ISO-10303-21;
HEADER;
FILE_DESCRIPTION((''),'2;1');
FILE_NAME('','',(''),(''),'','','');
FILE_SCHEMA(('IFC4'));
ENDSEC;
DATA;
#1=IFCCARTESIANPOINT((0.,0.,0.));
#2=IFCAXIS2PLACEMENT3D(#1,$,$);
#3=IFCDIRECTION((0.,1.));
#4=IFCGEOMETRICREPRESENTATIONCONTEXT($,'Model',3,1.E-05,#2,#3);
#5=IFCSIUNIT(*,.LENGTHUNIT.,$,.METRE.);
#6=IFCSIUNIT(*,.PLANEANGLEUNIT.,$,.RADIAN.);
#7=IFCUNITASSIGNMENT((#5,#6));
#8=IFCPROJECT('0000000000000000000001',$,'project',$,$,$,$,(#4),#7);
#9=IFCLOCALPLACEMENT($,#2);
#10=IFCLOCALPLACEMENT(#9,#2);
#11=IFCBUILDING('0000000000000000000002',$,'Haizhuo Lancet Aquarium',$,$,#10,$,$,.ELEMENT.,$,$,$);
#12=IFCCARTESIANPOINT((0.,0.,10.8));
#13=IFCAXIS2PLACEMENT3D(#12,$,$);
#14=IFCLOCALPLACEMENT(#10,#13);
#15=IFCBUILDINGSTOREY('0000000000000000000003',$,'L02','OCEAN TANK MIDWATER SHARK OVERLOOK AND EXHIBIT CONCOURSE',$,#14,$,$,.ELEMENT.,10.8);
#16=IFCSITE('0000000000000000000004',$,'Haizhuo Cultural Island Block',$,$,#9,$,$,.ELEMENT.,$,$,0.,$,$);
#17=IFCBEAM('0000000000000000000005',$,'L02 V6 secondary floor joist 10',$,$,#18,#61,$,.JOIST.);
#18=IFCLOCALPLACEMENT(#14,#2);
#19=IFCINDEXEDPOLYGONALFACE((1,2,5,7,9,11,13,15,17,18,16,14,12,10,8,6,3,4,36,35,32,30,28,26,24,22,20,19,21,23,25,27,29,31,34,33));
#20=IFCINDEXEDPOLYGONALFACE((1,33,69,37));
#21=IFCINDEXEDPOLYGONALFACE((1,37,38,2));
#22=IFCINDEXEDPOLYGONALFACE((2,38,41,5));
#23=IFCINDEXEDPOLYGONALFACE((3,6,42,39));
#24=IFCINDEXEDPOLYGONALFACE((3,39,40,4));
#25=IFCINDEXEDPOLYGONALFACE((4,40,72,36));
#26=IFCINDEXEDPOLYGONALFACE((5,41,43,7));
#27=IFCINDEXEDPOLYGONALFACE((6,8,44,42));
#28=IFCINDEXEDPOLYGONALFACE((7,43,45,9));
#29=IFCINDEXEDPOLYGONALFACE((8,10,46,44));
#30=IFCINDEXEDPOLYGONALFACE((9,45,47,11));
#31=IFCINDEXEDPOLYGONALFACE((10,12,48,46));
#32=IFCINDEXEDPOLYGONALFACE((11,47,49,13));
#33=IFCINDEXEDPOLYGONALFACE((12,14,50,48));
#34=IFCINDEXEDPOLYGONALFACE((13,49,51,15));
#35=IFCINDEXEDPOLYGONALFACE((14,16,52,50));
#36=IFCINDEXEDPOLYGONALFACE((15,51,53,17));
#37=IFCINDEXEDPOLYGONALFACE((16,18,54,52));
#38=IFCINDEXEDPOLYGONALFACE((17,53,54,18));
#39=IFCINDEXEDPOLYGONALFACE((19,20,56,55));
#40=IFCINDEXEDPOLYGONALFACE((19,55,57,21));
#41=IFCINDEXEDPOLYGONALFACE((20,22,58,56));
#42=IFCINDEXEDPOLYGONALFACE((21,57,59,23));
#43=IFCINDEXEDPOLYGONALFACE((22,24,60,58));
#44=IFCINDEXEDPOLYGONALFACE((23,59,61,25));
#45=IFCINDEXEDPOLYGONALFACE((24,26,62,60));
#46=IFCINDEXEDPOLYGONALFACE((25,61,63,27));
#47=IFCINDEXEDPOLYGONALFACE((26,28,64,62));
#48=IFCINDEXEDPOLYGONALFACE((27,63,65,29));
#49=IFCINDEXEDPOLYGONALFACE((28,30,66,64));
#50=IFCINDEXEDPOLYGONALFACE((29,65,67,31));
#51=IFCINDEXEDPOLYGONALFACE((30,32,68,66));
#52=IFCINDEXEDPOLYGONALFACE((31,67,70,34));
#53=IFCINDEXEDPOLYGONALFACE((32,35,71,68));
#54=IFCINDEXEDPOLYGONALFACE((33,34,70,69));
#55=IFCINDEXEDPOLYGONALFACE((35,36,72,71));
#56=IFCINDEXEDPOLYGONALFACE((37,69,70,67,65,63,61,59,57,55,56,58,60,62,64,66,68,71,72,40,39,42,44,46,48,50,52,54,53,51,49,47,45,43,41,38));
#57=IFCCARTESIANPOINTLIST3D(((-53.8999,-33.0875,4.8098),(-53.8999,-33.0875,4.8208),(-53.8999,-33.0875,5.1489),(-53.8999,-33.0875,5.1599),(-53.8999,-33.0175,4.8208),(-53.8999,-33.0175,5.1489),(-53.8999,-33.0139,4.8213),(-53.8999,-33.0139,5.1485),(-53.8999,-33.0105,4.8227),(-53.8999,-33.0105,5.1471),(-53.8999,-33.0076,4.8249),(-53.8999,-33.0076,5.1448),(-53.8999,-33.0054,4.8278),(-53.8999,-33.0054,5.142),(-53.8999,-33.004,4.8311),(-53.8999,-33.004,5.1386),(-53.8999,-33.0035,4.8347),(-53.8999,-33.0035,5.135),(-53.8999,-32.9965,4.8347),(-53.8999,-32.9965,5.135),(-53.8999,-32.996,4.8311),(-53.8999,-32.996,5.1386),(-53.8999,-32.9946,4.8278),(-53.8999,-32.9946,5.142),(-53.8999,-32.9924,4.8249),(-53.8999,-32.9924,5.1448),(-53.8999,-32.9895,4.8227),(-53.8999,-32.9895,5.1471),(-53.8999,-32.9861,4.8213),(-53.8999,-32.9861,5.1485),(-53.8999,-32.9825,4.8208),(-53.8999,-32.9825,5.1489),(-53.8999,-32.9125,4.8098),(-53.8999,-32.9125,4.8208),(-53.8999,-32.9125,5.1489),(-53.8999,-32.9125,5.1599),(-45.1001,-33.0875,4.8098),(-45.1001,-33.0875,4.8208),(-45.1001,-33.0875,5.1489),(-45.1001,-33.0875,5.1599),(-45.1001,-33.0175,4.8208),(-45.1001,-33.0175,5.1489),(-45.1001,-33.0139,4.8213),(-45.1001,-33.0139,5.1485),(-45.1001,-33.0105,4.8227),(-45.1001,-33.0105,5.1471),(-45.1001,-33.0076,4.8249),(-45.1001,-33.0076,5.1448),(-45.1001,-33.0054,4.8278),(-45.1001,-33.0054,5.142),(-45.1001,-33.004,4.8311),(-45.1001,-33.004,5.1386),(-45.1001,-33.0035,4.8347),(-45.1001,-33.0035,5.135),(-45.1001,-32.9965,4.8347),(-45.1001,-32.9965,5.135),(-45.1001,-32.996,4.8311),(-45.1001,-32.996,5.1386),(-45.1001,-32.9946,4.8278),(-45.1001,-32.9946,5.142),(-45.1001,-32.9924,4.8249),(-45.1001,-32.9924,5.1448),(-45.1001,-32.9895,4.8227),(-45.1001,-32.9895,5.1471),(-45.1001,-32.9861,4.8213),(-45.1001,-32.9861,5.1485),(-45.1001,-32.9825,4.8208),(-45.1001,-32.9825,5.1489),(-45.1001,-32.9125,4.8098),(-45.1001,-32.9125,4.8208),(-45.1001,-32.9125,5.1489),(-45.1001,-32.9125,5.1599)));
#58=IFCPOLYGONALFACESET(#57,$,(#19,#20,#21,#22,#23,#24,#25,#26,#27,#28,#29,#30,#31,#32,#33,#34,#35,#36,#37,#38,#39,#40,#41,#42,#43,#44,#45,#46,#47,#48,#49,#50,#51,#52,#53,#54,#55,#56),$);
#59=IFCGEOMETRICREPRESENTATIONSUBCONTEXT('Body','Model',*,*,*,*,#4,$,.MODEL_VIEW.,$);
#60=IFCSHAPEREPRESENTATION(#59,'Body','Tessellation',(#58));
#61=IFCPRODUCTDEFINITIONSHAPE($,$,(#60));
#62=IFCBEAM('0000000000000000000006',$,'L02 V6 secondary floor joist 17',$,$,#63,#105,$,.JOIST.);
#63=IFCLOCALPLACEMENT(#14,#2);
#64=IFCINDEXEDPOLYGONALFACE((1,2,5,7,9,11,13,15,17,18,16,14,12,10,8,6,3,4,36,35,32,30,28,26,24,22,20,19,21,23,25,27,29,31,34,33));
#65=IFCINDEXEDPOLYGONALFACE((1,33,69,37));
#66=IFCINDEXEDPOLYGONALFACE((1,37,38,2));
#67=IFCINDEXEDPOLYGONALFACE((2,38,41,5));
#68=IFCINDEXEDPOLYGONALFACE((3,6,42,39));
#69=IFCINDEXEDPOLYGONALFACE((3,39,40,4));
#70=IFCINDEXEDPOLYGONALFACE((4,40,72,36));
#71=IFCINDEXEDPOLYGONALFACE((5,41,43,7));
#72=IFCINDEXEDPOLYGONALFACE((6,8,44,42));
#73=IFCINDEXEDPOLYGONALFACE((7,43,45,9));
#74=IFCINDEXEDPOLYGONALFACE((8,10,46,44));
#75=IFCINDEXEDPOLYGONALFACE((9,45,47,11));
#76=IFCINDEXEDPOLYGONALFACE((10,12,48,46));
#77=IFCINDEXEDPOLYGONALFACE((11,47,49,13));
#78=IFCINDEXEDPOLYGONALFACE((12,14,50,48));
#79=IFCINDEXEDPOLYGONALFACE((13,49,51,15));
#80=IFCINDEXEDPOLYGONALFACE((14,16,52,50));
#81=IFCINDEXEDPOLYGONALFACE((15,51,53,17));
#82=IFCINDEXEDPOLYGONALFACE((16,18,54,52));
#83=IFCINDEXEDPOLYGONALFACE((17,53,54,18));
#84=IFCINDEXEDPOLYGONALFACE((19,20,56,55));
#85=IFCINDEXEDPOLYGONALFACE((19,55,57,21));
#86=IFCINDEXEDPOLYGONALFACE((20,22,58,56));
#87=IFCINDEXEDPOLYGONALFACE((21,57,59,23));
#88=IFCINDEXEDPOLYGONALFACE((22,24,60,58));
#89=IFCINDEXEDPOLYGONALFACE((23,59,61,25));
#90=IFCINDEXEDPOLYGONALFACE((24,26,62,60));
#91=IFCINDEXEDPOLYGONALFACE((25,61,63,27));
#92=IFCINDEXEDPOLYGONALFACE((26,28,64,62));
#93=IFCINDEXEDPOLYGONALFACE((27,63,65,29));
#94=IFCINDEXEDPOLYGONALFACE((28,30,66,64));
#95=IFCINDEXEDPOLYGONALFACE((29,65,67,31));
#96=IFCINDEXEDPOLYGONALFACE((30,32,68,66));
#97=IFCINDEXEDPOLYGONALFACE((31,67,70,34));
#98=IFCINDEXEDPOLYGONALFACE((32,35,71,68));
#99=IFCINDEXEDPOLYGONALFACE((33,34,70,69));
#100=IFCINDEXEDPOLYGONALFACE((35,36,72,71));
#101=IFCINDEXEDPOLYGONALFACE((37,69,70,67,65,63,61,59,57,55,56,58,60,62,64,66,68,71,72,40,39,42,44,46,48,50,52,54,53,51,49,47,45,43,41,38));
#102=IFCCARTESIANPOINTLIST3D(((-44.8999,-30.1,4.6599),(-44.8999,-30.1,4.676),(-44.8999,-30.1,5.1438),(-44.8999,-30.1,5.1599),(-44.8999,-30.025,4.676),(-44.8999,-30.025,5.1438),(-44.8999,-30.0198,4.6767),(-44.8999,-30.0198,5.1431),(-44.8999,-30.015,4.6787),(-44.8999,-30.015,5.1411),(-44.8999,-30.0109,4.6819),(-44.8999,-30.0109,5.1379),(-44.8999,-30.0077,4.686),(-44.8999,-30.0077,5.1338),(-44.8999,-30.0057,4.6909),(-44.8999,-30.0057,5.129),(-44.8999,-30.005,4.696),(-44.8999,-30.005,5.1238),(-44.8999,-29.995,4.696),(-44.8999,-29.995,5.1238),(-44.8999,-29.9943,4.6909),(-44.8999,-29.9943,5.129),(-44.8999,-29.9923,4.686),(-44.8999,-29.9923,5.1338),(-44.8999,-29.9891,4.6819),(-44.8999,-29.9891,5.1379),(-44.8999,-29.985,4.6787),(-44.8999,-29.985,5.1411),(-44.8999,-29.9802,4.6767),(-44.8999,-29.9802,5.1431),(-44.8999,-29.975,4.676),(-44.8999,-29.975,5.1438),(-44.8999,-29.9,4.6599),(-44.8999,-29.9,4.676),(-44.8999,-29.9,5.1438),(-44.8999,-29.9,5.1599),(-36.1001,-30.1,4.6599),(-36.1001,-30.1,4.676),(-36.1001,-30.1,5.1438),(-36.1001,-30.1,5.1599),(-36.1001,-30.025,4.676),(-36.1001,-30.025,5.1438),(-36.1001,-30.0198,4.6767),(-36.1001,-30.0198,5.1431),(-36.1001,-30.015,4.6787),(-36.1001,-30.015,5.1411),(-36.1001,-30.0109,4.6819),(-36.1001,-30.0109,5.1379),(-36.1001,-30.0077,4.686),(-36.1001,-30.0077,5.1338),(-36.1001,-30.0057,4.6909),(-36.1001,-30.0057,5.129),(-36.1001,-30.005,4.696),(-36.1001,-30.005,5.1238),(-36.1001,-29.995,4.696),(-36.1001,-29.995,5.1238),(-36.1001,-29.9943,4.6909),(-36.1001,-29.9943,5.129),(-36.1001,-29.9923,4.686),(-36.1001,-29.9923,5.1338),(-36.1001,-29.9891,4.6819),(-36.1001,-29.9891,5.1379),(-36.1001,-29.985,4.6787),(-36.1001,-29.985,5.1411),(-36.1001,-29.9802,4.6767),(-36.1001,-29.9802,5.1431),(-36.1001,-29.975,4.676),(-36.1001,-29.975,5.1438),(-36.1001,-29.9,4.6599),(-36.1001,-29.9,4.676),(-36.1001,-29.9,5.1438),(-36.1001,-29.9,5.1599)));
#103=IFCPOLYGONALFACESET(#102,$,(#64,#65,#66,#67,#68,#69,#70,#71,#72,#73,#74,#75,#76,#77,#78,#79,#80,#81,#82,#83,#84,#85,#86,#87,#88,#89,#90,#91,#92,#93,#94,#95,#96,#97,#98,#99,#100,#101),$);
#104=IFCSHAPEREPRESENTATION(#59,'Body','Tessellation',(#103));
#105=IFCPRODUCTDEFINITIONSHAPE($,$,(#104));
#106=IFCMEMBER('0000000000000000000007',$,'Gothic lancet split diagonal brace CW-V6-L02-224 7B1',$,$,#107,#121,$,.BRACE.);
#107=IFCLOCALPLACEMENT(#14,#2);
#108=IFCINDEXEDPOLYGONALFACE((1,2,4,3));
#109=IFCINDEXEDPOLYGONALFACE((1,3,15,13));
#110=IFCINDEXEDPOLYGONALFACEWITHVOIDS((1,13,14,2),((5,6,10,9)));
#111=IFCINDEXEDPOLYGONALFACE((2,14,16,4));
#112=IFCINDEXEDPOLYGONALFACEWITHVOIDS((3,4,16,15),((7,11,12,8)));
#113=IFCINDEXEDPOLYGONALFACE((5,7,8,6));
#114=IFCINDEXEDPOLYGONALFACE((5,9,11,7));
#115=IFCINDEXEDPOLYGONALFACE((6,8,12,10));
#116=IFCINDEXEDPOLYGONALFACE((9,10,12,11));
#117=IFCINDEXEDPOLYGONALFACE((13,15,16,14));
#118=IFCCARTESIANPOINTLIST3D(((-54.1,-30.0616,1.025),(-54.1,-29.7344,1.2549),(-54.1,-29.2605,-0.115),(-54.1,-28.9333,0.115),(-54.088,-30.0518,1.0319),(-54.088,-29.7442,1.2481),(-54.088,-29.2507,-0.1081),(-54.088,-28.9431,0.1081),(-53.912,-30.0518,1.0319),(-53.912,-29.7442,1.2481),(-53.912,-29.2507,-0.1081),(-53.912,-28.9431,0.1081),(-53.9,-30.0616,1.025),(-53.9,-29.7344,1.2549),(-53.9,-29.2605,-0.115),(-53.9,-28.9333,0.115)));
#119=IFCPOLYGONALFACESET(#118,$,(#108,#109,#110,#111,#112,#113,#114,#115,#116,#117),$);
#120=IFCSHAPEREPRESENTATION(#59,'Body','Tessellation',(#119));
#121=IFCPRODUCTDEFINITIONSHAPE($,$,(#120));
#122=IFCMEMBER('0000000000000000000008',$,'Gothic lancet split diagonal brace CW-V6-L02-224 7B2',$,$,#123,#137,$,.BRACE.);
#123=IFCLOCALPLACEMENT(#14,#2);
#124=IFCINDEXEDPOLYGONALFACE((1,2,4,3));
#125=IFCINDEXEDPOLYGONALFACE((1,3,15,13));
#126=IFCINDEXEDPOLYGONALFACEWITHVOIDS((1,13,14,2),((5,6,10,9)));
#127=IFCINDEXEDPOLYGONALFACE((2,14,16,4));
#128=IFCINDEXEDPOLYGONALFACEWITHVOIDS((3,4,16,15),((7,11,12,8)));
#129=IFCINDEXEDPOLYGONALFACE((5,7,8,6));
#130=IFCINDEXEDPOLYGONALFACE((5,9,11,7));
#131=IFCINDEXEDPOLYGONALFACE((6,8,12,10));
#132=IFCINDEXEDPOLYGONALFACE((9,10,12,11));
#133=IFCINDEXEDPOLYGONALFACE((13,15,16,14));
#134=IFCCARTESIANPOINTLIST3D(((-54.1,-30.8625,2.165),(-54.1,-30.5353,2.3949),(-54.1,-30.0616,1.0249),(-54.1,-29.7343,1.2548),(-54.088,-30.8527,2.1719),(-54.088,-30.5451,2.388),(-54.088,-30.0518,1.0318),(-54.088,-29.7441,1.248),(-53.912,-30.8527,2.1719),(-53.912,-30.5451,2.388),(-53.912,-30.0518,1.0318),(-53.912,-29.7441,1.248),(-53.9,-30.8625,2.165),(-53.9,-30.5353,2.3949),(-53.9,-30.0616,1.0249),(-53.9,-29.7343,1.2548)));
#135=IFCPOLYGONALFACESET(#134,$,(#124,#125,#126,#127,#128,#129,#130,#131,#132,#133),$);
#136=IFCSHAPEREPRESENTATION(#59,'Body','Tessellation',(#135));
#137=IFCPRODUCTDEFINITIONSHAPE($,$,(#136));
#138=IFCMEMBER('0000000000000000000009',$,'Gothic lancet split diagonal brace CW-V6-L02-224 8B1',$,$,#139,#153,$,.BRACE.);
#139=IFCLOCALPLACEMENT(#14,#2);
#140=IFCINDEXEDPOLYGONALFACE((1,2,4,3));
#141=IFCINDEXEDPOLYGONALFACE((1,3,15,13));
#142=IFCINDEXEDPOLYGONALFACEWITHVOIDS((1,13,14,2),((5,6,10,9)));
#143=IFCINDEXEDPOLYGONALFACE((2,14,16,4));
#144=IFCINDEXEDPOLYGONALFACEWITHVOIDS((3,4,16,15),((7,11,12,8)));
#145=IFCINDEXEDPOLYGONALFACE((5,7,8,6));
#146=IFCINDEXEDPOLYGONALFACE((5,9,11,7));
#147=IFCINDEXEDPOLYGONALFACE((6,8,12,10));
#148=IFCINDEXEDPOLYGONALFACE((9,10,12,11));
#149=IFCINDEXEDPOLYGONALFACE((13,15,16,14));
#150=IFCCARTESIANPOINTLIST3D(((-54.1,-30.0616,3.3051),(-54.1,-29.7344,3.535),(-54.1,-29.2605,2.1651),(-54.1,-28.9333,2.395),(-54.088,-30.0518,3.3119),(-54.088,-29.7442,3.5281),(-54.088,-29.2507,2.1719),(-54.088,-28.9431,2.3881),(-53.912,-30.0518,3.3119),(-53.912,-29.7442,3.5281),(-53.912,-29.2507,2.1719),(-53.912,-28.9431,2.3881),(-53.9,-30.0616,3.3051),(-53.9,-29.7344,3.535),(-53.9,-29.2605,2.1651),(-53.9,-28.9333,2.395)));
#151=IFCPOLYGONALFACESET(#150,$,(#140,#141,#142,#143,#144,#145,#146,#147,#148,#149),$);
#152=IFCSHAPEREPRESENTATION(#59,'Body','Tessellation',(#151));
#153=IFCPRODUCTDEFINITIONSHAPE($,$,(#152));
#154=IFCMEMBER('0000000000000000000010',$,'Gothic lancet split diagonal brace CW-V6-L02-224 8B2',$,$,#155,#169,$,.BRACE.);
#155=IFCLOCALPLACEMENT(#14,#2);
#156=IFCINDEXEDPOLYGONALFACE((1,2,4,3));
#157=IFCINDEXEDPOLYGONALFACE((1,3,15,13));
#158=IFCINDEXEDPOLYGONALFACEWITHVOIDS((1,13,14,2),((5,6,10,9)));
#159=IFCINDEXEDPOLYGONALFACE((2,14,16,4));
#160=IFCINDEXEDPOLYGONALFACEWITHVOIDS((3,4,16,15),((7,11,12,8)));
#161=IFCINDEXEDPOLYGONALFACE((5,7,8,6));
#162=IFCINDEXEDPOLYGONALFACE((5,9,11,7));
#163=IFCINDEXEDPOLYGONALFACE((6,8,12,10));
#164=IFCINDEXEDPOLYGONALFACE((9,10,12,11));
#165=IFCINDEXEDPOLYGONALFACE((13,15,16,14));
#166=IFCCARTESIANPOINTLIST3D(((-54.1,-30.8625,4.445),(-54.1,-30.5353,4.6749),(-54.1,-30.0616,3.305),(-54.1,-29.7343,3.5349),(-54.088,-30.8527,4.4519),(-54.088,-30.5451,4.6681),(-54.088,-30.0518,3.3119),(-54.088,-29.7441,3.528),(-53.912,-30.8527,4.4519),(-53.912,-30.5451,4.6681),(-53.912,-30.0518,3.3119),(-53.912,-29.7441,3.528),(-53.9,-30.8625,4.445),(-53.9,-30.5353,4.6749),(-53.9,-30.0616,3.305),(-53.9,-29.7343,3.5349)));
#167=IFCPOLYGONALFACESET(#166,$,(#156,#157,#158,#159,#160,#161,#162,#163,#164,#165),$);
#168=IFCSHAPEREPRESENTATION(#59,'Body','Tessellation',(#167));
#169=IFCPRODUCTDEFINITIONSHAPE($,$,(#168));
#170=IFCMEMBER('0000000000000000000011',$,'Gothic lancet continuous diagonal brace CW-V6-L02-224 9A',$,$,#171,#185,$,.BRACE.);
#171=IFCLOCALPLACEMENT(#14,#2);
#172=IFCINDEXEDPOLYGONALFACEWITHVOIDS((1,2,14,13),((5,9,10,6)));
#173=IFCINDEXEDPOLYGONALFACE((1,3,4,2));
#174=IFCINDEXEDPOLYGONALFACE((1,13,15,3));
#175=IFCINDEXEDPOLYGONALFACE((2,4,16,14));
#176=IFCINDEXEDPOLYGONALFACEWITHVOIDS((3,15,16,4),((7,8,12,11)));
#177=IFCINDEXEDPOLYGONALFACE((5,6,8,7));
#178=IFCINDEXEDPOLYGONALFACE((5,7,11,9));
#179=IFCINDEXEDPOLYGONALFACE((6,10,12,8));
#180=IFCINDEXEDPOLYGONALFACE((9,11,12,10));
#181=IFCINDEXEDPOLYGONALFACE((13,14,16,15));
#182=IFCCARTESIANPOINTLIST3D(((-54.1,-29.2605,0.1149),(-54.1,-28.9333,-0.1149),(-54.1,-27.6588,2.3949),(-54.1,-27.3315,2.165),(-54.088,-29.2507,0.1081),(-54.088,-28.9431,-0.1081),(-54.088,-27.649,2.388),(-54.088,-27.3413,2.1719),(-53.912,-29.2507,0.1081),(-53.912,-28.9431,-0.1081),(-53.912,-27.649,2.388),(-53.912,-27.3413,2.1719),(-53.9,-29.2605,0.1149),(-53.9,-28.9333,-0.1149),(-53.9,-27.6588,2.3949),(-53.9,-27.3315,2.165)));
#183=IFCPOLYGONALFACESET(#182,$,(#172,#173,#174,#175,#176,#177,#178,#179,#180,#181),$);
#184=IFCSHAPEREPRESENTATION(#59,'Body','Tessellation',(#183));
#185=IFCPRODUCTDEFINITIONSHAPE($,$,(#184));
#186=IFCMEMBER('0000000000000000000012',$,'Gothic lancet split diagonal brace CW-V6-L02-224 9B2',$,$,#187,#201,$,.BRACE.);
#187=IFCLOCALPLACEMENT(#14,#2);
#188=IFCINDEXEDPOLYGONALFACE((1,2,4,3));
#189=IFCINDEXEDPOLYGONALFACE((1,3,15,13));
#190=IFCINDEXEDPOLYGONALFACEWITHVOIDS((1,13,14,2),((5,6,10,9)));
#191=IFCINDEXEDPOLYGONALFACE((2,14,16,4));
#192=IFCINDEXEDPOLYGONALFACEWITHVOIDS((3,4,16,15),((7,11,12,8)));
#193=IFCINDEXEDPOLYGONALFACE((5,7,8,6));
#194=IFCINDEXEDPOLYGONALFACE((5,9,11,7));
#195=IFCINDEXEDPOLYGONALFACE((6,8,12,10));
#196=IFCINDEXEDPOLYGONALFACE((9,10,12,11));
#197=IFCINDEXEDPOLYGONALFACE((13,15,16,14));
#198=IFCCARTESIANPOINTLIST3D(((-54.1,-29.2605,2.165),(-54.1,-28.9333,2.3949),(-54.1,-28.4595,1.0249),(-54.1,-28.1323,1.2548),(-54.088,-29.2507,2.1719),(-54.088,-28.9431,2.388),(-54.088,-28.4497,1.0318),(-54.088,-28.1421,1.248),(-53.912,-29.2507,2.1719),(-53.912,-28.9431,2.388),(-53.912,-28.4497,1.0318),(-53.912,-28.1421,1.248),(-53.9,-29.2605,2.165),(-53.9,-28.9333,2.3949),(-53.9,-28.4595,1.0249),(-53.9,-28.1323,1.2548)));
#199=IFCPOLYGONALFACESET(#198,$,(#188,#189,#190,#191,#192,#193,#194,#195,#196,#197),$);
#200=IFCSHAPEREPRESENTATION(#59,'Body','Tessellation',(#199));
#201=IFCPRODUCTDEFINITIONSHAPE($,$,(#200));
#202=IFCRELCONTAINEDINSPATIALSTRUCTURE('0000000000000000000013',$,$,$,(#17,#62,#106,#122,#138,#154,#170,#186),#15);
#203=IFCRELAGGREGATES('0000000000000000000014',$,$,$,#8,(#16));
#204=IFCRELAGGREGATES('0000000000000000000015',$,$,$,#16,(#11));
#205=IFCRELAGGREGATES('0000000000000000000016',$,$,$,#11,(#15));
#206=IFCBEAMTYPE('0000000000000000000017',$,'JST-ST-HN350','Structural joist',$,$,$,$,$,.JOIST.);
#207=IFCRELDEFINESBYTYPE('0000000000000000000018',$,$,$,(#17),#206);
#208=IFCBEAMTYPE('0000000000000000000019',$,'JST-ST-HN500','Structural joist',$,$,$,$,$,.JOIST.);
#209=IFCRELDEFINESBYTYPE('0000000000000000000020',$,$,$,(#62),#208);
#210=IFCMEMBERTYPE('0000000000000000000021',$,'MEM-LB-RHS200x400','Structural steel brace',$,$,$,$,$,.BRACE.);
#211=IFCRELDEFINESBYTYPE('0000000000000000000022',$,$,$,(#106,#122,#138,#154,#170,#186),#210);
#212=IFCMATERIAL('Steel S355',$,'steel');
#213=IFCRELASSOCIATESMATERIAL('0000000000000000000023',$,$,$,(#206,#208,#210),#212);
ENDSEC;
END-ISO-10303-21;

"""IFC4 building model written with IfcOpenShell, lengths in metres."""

from ifc_helpers import new_model, si_unit, direction, frame, origin, origin_2d, place, context, subcontext, project, spatial, hollow_rectangle, i_section, extrude, material, material_profile, profile_set, type_object, element, save


model = new_model("IFC4")

# Units and contexts
model_context = context("Model", 3, precision=1e-05, world=origin(), true_north=direction((0.0, 1.0)))
body_context = subcontext(model_context, "Body", "Model", "MODEL_VIEW")
ifc_project = project(units=[si_unit("LENGTHUNIT", "METRE"), si_unit("PLANEANGLEUNIT", "RADIAN")], contexts=[model_context])

# Site, building, storey
site_placement = place(None, origin())
site = spatial("IfcSite", under=ifc_project, at=site_placement, Name="Haizhuo Cultural Island Block", CompositionType="ELEMENT", RefElevation=0.0)
building_placement = place(site_placement, origin())
building = spatial("IfcBuilding", under=site, at=building_placement, Name="Haizhuo Lancet Aquarium", CompositionType="ELEMENT")
storey_placement = place(building_placement, frame((0.0, 0.0, 10.8)))
storey = spatial("IfcBuildingStorey", under=building, at=storey_placement, Name="L02", Description="OCEAN TANK MIDWATER SHARK OVERLOOK AND EXHIBIT CONCOURSE", CompositionType="ELEMENT", Elevation=10.8)

# Beams
ifc_material_1 = material(Name="Steel S355", Category="steel")
ifc_material_profile_1 = material_profile(ifc_material_1, i_section(OverallWidth=0.175, OverallDepth=0.3501, WebThickness=0.0071, FlangeThickness=0.011, FilletRadius=0.0139, at=origin_2d()), Name="HN 350x175x7x11")
ifc_profile_set_1 = profile_set([ifc_material_profile_1], Name="Steel S355")
beam_type_1 = type_object("IfcBeamType", Name="JST-ST-HN350", Description="Structural joist", PredefinedType="JOIST", material=ifc_profile_set_1)
beam_1_placement = place(storey_placement, frame((-53.8999, -33.0, 4.9849), z_axis=(1.0, 0.0, 0.0), x_axis=(0.0, 1.0, 0.0)))
element("IfcBeam", 1, at=beam_1_placement, inside=storey, type_object=beam_type_1, Name="L02 V6 secondary floor joist 10", PredefinedType="JOIST", context=body_context, shape_type="SweptSolid", body=[
    extrude(i_section(OverallWidth=0.175, OverallDepth=0.3501, WebThickness=0.0071, FlangeThickness=0.011, FilletRadius=0.0139, at=origin_2d()), origin(), (0.0, 0.0, 1.0), 8.7998),
])
ifc_material_profile_2 = material_profile(ifc_material_1, i_section(OverallWidth=0.2, OverallDepth=0.5, WebThickness=0.01, FlangeThickness=0.0161, FilletRadius=0.02, at=origin_2d()), Name="HN 500x200x10x16")
ifc_profile_set_2 = profile_set([ifc_material_profile_2], Name="Steel S355")
beam_type_2 = type_object("IfcBeamType", Name="JST-ST-HN500", Description="Structural joist", PredefinedType="JOIST", material=ifc_profile_set_2)
beam_2_placement = place(storey_placement, frame((-44.8999, -30.0, 4.9099), z_axis=(1.0, 0.0, 0.0), x_axis=(0.0, 1.0, 0.0)))
element("IfcBeam", 2, at=beam_2_placement, inside=storey, type_object=beam_type_2, Name="L02 V6 secondary floor joist 17", PredefinedType="JOIST", context=body_context, shape_type="SweptSolid", body=[
    extrude(i_section(OverallWidth=0.2, OverallDepth=0.5, WebThickness=0.01, FlangeThickness=0.0161, FilletRadius=0.02, at=origin_2d()), origin(), (0.0, 0.0, 1.0), 8.7998),
])

# Members
ifc_material_profile_3 = material_profile(ifc_material_1, hollow_rectangle(XDim=0.2, YDim=0.3999, WallThickness=0.012, at=origin_2d()), Name="RHS 200x400x12")
ifc_profile_set_3 = profile_set([ifc_material_profile_3], Name="Steel S355")
member_type_1 = type_object("IfcMemberType", Name="MEM-LB-RHS200x400", Description="Structural steel brace", PredefinedType="BRACE", material=ifc_profile_set_3)
for number, where, z_axis, x_axis, name in (
    (3, (-54.0, -29.0969, 0.0), (0.0, -0.574955, 0.818185), (1.0, 0.0, 0.0), "Gothic lancet split diagonal brace CW-V6-L02-224 7B1"),
    (4, (-54.0, -29.8979, 1.1399), (0.0, -0.574873, 0.818243), (1.0, 0.0, 0.0), "Gothic lancet split diagonal brace CW-V6-L02-224 7B2"),
    (5, (-54.0, -29.0969, 2.28), (0.0, -0.574955, 0.818185), (1.0, 0.0, 0.0), "Gothic lancet split diagonal brace CW-V6-L02-224 8B1"),
    (6, (-54.0, -29.8979, 3.4199), (0.0, -0.574873, 0.818243), (1.0, 0.0, 0.0), "Gothic lancet split diagonal brace CW-V6-L02-224 8B2"),
):
    element("IfcMember", number, at=place(storey_placement, frame(where, z_axis=z_axis, x_axis=x_axis)), inside=storey, type_object=member_type_1, Name=name, PredefinedType="BRACE", context=body_context, shape_type="SweptSolid", body=[
        extrude(hollow_rectangle(XDim=0.2, YDim=0.3999, WallThickness=0.012, at=origin_2d()), origin(), (0.0, 0.0, 1.0), 1.3933),
    ])
member_1_placement = place(storey_placement, frame((-54.0, -29.0969, 0.0), z_axis=(0.0, 0.574855, 0.818255), x_axis=(-1.0, 0.0, 0.0)))
element("IfcMember", 7, at=member_1_placement, inside=storey, type_object=member_type_1, Name="Gothic lancet continuous diagonal brace CW-V6-L02-224 9A", PredefinedType="BRACE", context=body_context, shape_type="SweptSolid", body=[
    extrude(hollow_rectangle(XDim=0.2, YDim=0.3999, WallThickness=0.012, at=origin_2d()), origin(), (0.0, 0.0, 1.0), 2.7864),
])
member_2_placement = place(storey_placement, frame((-54.0, -28.2959, 1.1399), z_axis=(0.0, -0.574873, 0.818243), x_axis=(1.0, 0.0, 0.0)))
element("IfcMember", 8, at=member_2_placement, inside=storey, type_object=member_type_1, Name="Gothic lancet split diagonal brace CW-V6-L02-224 9B2", PredefinedType="BRACE", context=body_context, shape_type="SweptSolid", body=[
    extrude(hollow_rectangle(XDim=0.2, YDim=0.3999, WallThickness=0.012, at=origin_2d()), origin(), (0.0, 0.0, 1.0), 1.3933),
])

save(model, "model.ifc")
